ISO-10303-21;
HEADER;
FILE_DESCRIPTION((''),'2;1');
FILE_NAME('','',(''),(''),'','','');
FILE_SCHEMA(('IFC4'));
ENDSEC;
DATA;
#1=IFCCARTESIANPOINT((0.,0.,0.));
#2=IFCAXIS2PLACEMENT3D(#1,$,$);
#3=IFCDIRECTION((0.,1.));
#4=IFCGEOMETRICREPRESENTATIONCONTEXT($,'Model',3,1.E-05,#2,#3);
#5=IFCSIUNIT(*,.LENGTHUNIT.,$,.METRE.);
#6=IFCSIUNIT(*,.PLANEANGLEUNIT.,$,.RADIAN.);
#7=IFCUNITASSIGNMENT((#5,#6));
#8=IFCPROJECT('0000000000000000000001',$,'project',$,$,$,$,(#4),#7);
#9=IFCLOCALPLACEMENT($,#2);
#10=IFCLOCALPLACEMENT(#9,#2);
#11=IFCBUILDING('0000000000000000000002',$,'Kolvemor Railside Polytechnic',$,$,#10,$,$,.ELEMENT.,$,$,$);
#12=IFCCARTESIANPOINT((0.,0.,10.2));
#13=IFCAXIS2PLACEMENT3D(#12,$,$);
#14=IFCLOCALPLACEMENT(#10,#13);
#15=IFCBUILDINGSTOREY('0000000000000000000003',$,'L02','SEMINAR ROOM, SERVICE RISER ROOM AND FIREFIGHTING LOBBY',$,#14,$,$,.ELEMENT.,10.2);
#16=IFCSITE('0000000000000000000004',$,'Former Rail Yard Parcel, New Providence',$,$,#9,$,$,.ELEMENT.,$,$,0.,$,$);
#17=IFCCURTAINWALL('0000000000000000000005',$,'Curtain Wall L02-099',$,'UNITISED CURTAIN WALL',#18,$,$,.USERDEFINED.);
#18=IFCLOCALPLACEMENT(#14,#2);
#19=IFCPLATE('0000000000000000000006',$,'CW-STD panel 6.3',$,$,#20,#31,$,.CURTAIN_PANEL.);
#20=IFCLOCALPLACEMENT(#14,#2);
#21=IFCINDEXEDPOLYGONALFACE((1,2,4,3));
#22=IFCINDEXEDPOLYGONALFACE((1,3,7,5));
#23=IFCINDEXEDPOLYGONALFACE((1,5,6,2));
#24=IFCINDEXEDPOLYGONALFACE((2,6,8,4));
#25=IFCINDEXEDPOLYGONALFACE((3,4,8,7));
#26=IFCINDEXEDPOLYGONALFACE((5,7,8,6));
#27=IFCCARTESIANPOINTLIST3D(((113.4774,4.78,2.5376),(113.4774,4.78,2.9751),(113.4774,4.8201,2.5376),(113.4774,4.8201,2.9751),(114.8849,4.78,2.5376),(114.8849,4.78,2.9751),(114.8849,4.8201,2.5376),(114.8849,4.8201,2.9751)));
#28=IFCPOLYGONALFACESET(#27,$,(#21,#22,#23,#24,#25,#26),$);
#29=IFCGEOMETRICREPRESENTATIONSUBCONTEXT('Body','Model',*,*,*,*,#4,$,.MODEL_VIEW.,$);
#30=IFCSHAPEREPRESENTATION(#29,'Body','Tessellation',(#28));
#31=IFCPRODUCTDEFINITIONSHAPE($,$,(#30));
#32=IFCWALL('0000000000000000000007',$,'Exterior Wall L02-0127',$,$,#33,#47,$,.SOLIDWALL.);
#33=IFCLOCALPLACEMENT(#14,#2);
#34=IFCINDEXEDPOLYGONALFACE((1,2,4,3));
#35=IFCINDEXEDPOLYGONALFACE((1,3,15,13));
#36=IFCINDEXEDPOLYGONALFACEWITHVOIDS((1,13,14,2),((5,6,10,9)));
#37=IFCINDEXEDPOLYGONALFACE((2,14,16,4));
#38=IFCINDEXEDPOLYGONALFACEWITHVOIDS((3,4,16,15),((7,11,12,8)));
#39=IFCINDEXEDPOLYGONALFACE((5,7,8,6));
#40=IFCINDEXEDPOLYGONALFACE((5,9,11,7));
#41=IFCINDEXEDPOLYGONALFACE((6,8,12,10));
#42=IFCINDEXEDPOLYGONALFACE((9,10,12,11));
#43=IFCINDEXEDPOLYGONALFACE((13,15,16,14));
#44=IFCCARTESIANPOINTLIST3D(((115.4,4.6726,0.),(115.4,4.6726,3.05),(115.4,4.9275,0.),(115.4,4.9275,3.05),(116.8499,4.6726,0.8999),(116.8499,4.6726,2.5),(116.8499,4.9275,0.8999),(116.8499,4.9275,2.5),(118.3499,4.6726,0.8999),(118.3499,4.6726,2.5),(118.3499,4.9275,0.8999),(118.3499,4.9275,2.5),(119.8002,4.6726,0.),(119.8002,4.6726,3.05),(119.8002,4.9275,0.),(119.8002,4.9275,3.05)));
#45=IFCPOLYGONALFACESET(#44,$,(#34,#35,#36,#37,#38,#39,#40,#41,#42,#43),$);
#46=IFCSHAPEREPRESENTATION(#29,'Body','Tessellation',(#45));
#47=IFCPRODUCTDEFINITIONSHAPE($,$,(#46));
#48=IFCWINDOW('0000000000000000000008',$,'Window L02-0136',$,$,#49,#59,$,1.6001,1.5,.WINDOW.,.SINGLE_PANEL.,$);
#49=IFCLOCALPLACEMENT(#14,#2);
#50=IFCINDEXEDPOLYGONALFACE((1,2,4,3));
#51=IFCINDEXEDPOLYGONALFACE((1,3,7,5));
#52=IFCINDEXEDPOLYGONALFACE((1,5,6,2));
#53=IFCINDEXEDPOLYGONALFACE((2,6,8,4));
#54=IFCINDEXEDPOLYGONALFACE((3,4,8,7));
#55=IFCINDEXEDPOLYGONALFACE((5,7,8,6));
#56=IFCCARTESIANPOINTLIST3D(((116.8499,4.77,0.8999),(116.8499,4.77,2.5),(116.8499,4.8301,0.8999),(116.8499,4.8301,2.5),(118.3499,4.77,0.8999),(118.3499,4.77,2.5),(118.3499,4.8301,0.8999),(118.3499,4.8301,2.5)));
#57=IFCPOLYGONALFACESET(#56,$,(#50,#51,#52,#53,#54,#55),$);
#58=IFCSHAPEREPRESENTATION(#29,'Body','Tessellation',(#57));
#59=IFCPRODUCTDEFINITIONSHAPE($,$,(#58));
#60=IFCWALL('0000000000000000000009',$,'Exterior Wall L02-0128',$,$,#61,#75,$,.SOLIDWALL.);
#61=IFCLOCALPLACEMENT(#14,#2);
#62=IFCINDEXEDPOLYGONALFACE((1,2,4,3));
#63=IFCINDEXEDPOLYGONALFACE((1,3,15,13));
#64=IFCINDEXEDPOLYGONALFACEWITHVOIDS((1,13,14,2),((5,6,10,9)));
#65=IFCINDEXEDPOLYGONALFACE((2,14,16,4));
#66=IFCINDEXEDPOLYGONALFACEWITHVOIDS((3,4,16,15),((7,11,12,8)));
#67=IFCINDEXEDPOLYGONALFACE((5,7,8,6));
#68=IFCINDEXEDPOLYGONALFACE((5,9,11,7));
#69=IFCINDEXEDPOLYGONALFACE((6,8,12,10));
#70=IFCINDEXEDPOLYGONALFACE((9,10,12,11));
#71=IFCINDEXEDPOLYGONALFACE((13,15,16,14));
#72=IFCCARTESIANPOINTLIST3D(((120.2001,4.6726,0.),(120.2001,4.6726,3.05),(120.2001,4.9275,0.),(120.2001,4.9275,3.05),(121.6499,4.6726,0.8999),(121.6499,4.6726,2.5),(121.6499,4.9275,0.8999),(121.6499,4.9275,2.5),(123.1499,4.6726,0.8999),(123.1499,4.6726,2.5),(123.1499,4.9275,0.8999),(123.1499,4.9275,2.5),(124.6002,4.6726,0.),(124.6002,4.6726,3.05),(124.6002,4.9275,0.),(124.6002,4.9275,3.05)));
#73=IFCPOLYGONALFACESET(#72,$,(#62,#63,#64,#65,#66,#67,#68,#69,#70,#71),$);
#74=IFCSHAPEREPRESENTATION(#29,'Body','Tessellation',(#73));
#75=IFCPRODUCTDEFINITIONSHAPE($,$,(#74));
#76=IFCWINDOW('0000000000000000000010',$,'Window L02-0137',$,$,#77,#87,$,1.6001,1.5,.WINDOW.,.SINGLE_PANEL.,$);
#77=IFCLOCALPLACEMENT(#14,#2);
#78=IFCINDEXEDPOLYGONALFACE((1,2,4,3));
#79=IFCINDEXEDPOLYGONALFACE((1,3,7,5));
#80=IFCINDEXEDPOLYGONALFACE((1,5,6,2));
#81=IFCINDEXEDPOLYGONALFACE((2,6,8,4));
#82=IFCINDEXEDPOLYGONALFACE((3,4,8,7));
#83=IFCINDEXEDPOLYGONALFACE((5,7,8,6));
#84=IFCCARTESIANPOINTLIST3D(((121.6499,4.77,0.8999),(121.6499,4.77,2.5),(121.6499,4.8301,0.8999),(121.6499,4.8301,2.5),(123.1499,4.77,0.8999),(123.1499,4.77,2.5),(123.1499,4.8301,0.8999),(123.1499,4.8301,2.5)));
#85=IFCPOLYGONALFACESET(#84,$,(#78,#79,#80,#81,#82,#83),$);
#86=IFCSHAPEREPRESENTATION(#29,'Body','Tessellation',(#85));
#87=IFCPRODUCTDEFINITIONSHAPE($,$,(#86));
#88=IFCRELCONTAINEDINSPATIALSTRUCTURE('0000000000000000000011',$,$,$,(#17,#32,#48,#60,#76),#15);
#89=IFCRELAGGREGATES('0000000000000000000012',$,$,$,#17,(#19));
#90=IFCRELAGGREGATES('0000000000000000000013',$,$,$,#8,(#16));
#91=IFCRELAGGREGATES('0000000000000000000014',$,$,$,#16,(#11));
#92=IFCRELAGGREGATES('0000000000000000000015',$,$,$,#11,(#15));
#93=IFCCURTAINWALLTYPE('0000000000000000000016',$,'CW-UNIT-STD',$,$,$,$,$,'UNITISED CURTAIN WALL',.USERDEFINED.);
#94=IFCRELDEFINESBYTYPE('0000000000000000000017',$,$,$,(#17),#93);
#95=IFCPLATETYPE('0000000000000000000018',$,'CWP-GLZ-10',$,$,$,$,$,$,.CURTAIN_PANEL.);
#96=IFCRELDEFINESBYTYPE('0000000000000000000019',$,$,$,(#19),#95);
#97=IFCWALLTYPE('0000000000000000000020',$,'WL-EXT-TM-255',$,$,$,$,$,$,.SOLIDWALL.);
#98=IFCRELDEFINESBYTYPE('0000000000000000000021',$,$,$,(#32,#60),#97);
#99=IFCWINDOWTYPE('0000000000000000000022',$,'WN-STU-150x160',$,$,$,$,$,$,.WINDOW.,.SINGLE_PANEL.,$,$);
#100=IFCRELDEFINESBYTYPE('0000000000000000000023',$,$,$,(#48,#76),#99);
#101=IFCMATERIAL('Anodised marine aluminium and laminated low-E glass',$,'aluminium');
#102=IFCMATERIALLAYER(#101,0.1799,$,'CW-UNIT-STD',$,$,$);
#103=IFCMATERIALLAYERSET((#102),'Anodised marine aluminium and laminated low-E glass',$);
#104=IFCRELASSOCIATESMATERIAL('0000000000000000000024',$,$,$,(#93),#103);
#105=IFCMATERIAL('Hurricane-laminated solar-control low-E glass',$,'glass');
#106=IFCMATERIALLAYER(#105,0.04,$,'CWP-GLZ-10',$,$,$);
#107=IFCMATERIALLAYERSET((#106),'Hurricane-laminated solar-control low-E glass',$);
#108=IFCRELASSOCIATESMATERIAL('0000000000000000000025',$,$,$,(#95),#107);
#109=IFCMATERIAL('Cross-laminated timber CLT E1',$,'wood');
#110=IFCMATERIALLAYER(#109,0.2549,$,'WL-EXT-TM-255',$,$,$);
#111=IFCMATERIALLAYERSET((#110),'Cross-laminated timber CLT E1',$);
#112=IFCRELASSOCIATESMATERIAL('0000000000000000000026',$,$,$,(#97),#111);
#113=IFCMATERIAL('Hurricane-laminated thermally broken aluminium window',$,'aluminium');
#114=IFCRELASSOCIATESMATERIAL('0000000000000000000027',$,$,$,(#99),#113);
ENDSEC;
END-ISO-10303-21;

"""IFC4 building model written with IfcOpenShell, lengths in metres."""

from ifc_helpers import new_model, si_unit, direction, frame, frame_2d, origin, origin_2d, place, context, subcontext, project, spatial, rectangle, extrude, material, layer, layer_set, type_object, element, fill, aggregate, save


model = new_model("IFC4")

# Units and contexts
model_context = context("Model", 3, precision=1e-05, world=origin(), true_north=direction((0.0, 1.0)))
body_context = subcontext(model_context, "Body", "Model", "MODEL_VIEW")
ifc_project = project(units=[si_unit("LENGTHUNIT", "METRE"), si_unit("PLANEANGLEUNIT", "RADIAN")], contexts=[model_context])

# Site, building, storey
site_placement = place(None, origin())
site = spatial("IfcSite", under=ifc_project, at=site_placement, Name="Former Rail Yard Parcel, New Providence", CompositionType="ELEMENT", RefElevation=0.0)
building_placement = place(site_placement, origin())
building = spatial("IfcBuilding", under=site, at=building_placement, Name="Kolvemor Railside Polytechnic", CompositionType="ELEMENT")
storey_placement = place(building_placement, frame((0.0, 0.0, 10.2)))
storey = spatial("IfcBuildingStorey", under=building, at=storey_placement, Name="L02", Description="SEMINAR ROOM, SERVICE RISER ROOM AND FIREFIGHTING LOBBY", CompositionType="ELEMENT", Elevation=10.2)

# Curtain wall, plate
ifc_material_1 = material(Name="Anodised marine aluminium and laminated low-E glass", Category="aluminium")
ifc_layer_1 = layer(ifc_material_1, 0.1799, Name="CW-UNIT-STD")
ifc_layer_set_1 = layer_set([ifc_layer_1], Name="Anodised marine aluminium and laminated low-E glass")
curtain_wall_type = type_object("IfcCurtainWallType", Name="CW-UNIT-STD", ElementType="UNITISED CURTAIN WALL", PredefinedType="USERDEFINED", material=ifc_layer_set_1)
curtain_wall_placement = place(storey_placement, origin())
curtain_wall = element("IfcCurtainWall", 1, at=curtain_wall_placement, inside=storey, type_object=curtain_wall_type, Name="Curtain Wall L02-099", ObjectType="UNITISED CURTAIN WALL", PredefinedType="USERDEFINED")
ifc_material_2 = material(Name="Hurricane-laminated solar-control low-E glass", Category="glass")
ifc_layer_2 = layer(ifc_material_2, 0.04, Name="CWP-GLZ-10")
ifc_layer_set_2 = layer_set([ifc_layer_2], Name="Hurricane-laminated solar-control low-E glass")
plate_type = type_object("IfcPlateType", Name="CWP-GLZ-10", PredefinedType="CURTAIN_PANEL", material=ifc_layer_set_2)
plate_1_placement = place(storey_placement, frame((114.1812, 4.8, 2.5376), z_axis=(0.0, 0.0, 1.0), x_axis=(1.0, 0.0, 0.0)))
plate_1 = element("IfcPlate", 2, at=plate_1_placement, type_object=plate_type, Name="CW-STD panel 6.3", PredefinedType="CURTAIN_PANEL", context=body_context, shape_type="SweptSolid", body=[
    extrude(rectangle(XDim=1.4075, YDim=0.04, at=origin_2d()), origin(), (0.0, 0.0, 1.0), 0.4375),
])
aggregate(curtain_wall, [plate_1])

# Walls, openings, windows
ifc_material_3 = material(Name="Cross-laminated timber CLT E1", Category="wood")
ifc_layer_3 = layer(ifc_material_3, 0.2549, Name="WL-EXT-TM-255")
ifc_layer_set_3 = layer_set([ifc_layer_3], Name="Cross-laminated timber CLT E1")
wall_type = type_object("IfcWallType", Name="WL-EXT-TM-255", PredefinedType="SOLIDWALL", material=ifc_layer_set_3)
wall_1_placement = place(storey_placement, frame((115.3999, 4.8, 0.0), z_axis=(0.0, 0.0, 1.0), x_axis=(1.0, 0.0, 0.0)))
wall_1 = element("IfcWall", 3, at=wall_1_placement, inside=storey, type_object=wall_type, Name="Exterior Wall L02-0127", PredefinedType="SOLIDWALL", context=body_context, shape_type="SweptSolid", body=[
    extrude(rectangle(XDim=4.4001, YDim=0.2549, at=frame_2d((2.2002, 0.0))), origin(), (0.0, 0.0, 1.0), 3.05),
])
opening_1_placement = place(wall_1_placement, frame((1.45, 0.0, 0.8999)))
opening_1 = element("IfcOpeningElement", 4, at=opening_1_placement, cuts=wall_1, PredefinedType="OPENING", context=body_context, shape_type="SweptSolid", body=[
    extrude(rectangle(XDim=1.5, YDim=1.6001, at=frame_2d((0.75, 0.8))), frame((0.0, 0.1375, 0.0), z_axis=(0.0, -1.0, 0.0), x_axis=(1.0, 0.0, 0.0)), (0.0, 0.0, 1.0), 0.2749),
])
ifc_material_4 = material(Name="Hurricane-laminated thermally broken aluminium window", Category="aluminium")
window_type = type_object("IfcWindowType", Name="WN-STU-150x160", PartitioningType="SINGLE_PANEL", PredefinedType="WINDOW", material=ifc_material_4)
window_1_placement = place(opening_1_placement, origin())
window_1 = element("IfcWindow", 5, at=window_1_placement, inside=storey, type_object=window_type, Name="Window L02-0136", OverallHeight=1.6001, OverallWidth=1.5, PartitioningType="SINGLE_PANEL", PredefinedType="WINDOW", context=body_context, shape_type="SweptSolid", body=[
    extrude(rectangle(XDim=1.5, YDim=1.6001, at=frame_2d((0.75, 0.8))), frame((0.0, 0.03, 0.0), z_axis=(0.0, -1.0, 0.0), x_axis=(1.0, 0.0, 0.0)), (0.0, 0.0, 1.0), 0.0601),
])
fill(opening_1, window_1)
wall_2_placement = place(storey_placement, frame((120.2, 4.8, 0.0), z_axis=(0.0, 0.0, 1.0), x_axis=(1.0, 0.0, 0.0)))
wall_2 = element("IfcWall", 6, at=wall_2_placement, inside=storey, type_object=wall_type, Name="Exterior Wall L02-0128", PredefinedType="SOLIDWALL", context=body_context, shape_type="SweptSolid", body=[
    extrude(rectangle(XDim=4.4001, YDim=0.2549, at=frame_2d((2.2002, 0.0))), origin(), (0.0, 0.0, 1.0), 3.05),
])
opening_2_placement = place(wall_2_placement, frame((1.45, 0.0, 0.8999)))
opening_2 = element("IfcOpeningElement", 7, at=opening_2_placement, cuts=wall_2, PredefinedType="OPENING", context=body_context, shape_type="SweptSolid", body=[
    extrude(rectangle(XDim=1.5, YDim=1.6001, at=frame_2d((0.75, 0.8))), frame((0.0, 0.1375, 0.0), z_axis=(0.0, -1.0, 0.0), x_axis=(1.0, 0.0, 0.0)), (0.0, 0.0, 1.0), 0.2749),
])
window_2_placement = place(opening_2_placement, origin())
window_2 = element("IfcWindow", 8, at=window_2_placement, inside=storey, type_object=window_type, Name="Window L02-0137", OverallHeight=1.6001, OverallWidth=1.5, PartitioningType="SINGLE_PANEL", PredefinedType="WINDOW", context=body_context, shape_type="SweptSolid", body=[
    extrude(rectangle(XDim=1.5, YDim=1.6001, at=frame_2d((0.75, 0.8))), frame((0.0, 0.03, 0.0), z_axis=(0.0, -1.0, 0.0), x_axis=(1.0, 0.0, 0.0)), (0.0, 0.0, 1.0), 0.0601),
])
fill(opening_2, window_2)

save(model, "model.ifc")
